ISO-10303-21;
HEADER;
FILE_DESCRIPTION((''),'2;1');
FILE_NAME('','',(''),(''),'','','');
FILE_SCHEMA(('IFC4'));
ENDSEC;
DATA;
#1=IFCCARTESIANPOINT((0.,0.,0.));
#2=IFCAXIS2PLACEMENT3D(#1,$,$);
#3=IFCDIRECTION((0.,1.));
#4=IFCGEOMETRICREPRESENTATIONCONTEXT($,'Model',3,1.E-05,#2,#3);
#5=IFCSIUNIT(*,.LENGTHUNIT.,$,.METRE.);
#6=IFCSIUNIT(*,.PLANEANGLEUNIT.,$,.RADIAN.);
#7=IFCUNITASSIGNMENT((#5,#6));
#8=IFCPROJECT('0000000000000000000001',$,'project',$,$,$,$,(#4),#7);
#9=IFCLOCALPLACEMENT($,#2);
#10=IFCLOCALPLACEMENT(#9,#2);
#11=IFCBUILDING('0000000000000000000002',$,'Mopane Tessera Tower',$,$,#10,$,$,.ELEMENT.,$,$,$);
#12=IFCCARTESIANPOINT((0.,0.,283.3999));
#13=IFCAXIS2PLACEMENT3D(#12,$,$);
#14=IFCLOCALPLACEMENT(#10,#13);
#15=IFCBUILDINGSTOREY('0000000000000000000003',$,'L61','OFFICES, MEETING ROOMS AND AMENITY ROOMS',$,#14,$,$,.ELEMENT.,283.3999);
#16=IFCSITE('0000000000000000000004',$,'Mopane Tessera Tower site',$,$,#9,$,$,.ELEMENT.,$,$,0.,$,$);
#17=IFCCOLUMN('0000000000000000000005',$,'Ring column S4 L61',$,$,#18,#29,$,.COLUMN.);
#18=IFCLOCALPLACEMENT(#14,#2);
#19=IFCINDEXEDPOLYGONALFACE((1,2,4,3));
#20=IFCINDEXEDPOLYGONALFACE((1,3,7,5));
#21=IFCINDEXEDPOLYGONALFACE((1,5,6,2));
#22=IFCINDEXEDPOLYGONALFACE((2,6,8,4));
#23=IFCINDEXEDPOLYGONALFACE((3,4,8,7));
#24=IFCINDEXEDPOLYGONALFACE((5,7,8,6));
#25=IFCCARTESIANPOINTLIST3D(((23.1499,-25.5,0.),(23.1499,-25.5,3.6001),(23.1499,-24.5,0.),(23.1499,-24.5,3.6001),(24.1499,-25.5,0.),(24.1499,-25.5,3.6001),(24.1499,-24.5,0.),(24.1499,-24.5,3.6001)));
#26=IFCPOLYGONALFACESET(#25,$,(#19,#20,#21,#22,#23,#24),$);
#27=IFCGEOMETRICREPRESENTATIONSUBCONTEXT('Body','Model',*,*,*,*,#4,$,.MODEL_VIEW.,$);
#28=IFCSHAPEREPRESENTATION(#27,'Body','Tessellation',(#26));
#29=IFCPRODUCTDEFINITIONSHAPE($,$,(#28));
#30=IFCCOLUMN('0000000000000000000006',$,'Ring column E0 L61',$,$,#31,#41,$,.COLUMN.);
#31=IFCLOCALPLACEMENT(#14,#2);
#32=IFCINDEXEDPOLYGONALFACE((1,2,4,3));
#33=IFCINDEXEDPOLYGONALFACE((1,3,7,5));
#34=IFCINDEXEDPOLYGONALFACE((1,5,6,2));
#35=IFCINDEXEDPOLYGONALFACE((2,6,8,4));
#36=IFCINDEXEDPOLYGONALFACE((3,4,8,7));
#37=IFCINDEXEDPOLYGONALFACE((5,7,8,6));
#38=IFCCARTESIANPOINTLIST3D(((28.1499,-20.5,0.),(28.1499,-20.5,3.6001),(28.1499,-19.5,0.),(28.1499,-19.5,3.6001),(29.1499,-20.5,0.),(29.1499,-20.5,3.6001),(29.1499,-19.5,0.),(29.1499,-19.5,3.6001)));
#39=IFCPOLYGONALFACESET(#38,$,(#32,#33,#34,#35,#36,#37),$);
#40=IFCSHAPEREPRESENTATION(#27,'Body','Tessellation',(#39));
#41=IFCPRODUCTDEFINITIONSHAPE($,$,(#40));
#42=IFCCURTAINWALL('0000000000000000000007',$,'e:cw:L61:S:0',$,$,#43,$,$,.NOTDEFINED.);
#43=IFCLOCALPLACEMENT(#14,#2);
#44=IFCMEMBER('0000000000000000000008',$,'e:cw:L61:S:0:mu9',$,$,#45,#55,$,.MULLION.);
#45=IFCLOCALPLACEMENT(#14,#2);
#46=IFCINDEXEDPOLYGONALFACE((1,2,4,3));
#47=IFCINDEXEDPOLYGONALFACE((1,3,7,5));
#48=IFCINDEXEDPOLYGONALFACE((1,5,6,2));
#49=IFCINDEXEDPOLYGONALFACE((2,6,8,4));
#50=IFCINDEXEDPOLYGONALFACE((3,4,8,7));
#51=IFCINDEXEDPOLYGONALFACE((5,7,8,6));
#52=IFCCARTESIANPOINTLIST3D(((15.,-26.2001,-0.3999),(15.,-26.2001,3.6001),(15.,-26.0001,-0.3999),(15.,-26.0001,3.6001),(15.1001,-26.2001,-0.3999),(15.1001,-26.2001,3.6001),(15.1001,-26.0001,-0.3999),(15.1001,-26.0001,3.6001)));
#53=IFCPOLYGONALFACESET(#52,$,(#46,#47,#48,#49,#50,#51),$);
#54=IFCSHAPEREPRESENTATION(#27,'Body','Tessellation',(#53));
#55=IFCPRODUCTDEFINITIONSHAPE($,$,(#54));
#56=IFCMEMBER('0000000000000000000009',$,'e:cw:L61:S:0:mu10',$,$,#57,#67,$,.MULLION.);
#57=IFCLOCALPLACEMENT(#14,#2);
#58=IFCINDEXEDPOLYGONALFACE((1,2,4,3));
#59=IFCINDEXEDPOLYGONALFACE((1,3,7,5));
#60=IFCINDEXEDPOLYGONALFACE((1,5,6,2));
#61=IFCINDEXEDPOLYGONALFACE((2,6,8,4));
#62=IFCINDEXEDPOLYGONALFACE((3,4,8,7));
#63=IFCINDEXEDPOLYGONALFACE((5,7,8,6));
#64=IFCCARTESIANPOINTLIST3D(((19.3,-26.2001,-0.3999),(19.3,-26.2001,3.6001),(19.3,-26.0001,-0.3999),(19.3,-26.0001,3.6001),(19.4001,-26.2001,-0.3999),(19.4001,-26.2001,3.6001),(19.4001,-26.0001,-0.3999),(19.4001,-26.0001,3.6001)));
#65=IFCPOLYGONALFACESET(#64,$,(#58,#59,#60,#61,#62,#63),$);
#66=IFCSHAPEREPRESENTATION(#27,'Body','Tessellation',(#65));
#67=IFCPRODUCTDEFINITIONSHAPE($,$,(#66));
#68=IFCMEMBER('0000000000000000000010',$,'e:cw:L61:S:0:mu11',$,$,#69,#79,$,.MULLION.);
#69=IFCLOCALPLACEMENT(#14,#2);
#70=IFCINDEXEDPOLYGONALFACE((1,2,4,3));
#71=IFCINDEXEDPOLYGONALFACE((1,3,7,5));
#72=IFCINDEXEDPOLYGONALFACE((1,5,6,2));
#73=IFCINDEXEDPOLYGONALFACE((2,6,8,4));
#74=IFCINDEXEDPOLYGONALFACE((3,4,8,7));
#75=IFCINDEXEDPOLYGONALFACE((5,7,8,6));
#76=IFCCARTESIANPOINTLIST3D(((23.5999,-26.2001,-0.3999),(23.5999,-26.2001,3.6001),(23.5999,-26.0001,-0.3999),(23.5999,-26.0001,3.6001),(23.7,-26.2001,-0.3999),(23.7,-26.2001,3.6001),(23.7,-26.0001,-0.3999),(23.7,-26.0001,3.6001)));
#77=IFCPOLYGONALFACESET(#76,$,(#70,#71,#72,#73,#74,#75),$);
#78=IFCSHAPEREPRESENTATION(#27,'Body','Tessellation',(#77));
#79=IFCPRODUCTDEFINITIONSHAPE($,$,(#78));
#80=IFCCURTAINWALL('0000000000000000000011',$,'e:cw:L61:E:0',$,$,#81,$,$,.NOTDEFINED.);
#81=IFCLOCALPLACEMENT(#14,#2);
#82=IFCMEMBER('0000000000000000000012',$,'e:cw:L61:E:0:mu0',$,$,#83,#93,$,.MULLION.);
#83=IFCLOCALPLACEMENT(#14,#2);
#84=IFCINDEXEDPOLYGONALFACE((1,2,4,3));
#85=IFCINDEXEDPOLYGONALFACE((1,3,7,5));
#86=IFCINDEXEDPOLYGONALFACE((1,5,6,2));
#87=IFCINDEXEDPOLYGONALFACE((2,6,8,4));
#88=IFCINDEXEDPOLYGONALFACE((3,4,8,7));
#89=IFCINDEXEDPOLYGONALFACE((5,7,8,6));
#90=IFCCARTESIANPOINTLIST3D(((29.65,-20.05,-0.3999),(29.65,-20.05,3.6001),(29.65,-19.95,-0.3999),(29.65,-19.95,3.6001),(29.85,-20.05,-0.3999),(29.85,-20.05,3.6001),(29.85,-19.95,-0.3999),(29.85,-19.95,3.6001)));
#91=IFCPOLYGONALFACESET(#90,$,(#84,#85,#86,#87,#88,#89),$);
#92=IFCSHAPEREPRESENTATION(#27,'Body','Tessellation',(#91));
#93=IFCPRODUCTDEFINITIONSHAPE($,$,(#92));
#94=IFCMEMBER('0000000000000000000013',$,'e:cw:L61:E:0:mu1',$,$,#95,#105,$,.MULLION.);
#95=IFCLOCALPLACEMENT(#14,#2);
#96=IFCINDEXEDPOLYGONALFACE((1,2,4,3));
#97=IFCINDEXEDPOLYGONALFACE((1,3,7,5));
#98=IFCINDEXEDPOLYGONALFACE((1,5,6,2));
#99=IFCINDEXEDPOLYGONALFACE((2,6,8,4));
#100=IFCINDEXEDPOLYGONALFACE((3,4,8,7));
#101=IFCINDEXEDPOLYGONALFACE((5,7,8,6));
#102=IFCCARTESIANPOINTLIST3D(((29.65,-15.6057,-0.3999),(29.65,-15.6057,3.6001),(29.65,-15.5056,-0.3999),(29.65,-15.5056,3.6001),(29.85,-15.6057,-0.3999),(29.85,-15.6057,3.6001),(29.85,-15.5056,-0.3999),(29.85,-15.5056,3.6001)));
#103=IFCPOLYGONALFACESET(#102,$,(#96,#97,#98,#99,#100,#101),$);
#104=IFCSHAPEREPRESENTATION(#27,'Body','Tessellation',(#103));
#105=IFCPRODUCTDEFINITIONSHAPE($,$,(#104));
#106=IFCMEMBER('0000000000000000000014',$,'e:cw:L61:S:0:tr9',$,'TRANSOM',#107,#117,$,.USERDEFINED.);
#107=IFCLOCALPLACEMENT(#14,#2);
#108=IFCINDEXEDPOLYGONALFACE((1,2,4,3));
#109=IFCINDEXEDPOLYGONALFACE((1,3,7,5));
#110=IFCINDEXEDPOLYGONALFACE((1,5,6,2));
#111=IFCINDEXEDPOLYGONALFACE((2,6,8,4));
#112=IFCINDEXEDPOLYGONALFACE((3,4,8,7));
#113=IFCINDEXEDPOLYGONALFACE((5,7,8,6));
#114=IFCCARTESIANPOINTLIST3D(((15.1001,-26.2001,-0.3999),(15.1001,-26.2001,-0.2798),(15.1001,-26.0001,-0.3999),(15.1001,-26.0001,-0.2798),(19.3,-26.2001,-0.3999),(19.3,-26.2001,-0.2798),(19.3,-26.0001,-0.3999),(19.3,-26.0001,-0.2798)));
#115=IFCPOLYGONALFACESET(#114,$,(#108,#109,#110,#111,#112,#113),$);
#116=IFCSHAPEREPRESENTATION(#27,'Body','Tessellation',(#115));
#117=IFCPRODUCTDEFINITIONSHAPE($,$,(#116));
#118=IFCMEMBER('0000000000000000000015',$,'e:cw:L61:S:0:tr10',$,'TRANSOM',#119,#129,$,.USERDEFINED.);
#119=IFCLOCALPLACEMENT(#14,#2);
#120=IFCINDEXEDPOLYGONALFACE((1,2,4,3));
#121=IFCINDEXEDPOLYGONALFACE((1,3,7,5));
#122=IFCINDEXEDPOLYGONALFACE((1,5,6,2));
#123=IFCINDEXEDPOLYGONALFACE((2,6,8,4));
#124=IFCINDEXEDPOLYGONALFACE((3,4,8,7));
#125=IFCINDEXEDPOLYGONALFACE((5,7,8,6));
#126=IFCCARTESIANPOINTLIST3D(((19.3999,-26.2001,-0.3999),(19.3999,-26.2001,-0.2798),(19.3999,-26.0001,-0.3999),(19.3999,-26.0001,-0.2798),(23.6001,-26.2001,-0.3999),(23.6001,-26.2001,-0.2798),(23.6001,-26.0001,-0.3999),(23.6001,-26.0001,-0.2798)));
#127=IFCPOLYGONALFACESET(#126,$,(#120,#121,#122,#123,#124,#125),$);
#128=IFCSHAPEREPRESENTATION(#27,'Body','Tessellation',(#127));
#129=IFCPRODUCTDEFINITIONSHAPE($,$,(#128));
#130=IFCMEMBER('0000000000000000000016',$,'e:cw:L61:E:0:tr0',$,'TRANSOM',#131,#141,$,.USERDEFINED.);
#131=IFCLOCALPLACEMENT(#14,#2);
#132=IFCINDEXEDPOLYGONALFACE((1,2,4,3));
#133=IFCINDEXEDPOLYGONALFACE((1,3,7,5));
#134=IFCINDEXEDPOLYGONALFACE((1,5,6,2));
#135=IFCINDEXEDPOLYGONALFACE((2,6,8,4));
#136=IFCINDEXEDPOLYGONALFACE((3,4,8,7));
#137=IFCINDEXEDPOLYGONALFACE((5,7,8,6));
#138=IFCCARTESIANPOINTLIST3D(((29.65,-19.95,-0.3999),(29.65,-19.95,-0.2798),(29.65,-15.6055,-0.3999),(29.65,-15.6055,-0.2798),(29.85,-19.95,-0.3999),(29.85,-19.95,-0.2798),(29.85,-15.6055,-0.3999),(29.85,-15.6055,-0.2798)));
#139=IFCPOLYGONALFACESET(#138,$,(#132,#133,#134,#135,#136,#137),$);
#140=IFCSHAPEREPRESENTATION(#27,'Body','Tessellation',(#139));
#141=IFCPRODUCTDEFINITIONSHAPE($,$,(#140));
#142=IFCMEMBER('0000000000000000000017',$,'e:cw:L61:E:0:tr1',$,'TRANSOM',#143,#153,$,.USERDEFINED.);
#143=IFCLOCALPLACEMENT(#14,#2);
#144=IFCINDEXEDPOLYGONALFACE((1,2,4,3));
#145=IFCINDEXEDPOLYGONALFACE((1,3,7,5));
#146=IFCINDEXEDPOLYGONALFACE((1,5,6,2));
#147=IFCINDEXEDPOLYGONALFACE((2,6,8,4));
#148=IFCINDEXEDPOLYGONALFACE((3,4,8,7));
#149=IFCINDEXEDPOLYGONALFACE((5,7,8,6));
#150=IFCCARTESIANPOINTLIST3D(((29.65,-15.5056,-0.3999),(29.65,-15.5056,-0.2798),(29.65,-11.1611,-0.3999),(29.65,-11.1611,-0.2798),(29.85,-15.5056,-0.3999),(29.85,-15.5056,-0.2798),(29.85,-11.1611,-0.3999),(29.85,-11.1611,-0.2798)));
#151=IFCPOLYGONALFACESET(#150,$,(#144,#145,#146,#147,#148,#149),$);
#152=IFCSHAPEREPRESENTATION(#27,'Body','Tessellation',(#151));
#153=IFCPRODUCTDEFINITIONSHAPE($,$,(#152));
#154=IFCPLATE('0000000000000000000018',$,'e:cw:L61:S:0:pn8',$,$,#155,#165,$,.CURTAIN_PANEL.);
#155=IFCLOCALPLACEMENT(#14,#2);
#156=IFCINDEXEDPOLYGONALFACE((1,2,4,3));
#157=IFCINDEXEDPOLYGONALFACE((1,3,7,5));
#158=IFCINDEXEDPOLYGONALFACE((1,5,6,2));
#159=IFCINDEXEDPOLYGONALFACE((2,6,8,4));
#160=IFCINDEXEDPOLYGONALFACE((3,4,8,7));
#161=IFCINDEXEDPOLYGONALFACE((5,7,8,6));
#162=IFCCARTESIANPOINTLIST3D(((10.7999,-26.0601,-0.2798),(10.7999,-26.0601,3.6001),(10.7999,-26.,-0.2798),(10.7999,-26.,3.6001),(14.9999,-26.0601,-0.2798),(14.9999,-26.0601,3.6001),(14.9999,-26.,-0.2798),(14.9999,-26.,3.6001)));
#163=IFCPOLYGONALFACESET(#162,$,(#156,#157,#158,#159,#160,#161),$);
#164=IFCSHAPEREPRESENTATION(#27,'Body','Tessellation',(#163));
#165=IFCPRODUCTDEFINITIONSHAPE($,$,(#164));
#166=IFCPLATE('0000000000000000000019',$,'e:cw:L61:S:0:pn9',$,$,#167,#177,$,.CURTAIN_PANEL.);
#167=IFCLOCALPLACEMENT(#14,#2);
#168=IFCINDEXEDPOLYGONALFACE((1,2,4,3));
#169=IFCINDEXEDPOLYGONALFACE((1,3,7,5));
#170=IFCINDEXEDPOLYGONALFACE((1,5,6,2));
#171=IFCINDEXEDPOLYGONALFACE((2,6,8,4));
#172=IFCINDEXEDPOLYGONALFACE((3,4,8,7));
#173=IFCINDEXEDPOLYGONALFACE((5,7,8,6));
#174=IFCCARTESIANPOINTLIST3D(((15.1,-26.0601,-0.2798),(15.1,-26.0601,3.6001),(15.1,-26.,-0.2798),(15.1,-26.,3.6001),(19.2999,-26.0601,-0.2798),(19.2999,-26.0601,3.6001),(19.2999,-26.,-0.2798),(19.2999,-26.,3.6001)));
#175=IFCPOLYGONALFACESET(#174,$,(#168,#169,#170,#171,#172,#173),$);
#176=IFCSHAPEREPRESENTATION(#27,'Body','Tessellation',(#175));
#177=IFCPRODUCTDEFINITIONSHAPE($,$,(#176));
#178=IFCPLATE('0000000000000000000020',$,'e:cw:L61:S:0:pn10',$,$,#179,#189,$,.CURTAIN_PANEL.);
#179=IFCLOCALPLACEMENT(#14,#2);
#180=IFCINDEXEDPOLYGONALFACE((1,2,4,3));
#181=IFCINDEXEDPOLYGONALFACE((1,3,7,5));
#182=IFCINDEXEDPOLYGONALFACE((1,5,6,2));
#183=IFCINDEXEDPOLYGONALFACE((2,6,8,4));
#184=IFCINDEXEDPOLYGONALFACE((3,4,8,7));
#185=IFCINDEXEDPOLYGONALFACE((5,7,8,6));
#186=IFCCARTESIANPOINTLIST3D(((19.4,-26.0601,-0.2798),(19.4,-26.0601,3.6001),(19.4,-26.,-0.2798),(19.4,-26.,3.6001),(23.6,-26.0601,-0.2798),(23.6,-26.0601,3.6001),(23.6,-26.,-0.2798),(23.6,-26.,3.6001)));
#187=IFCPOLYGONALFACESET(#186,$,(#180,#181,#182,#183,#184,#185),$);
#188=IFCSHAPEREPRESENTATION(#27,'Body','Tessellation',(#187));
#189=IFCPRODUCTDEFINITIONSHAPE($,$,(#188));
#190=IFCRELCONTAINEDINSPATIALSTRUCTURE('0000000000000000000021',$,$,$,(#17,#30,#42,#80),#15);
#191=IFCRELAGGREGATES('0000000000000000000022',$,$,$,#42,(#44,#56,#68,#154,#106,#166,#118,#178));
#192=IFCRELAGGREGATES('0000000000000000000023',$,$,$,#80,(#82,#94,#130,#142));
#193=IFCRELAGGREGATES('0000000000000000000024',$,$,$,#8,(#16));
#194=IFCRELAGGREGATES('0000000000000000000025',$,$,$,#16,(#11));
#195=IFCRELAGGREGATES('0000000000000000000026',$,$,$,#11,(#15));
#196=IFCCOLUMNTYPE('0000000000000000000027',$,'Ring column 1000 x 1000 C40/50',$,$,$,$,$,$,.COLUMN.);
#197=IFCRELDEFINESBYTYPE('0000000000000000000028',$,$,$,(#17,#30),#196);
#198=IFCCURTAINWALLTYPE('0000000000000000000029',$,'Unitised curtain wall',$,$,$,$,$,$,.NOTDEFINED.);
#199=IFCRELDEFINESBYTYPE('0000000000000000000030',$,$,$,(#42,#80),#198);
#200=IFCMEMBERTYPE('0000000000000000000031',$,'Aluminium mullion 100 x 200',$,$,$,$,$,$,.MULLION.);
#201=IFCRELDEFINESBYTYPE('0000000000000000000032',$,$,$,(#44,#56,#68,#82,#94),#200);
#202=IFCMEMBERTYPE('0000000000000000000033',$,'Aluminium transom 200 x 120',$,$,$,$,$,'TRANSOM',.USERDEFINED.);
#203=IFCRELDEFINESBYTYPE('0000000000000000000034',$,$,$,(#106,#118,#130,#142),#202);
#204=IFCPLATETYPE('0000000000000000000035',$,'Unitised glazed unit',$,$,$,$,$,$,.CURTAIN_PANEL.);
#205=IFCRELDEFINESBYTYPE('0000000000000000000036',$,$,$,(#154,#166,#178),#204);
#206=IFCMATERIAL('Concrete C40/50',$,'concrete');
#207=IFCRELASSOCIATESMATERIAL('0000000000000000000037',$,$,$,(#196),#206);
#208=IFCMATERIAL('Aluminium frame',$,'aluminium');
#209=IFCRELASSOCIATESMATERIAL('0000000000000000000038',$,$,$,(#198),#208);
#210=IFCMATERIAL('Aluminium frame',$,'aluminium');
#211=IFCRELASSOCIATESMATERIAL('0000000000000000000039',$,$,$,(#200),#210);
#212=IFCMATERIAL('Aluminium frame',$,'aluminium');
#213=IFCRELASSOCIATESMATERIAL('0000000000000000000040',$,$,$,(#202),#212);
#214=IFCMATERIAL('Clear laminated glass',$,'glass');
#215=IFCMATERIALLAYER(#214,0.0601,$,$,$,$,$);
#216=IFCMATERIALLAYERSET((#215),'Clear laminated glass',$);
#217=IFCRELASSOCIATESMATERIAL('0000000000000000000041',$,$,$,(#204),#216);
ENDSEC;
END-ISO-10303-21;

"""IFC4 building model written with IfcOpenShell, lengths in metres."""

from ifc_helpers import new_model, si_unit, direction, frame, origin, origin_2d, place, context, subcontext, project, spatial, rectangle, extrude, material, layer, layer_set, material_profile, profile_set, type_object, element, aggregate, save


model = new_model("IFC4")

# Units and contexts
model_context = context("Model", 3, precision=1e-05, world=origin(), true_north=direction((0.0, 1.0)))
body_context = subcontext(model_context, "Body", "Model", "MODEL_VIEW")
ifc_project = project(units=[si_unit("LENGTHUNIT", "METRE"), si_unit("PLANEANGLEUNIT", "RADIAN")], contexts=[model_context])

# Site, building, storey
site_placement = place(None, origin())
site = spatial("IfcSite", under=ifc_project, at=site_placement, Name="Mopane Tessera Tower site", CompositionType="ELEMENT", RefElevation=0.0)
building_placement = place(site_placement, origin())
building = spatial("IfcBuilding", under=site, at=building_placement, Name="Mopane Tessera Tower", CompositionType="ELEMENT")
storey_placement = place(building_placement, frame((0.0, 0.0, 283.3999)))
storey = spatial("IfcBuildingStorey", under=building, at=storey_placement, Name="L61", Description="OFFICES, MEETING ROOMS AND AMENITY ROOMS", CompositionType="ELEMENT", Elevation=283.3999)

# Columns
ifc_material_1 = material(Name="Concrete C40/50", Category="concrete")
ifc_material_profile_1 = material_profile(ifc_material_1, rectangle(XDim=1.0, YDim=1.0, at=origin_2d()))
ifc_profile_set_1 = profile_set([ifc_material_profile_1], Name="Concrete C40/50")
column_type = type_object("IfcColumnType", Name="Ring column 1000 x 1000 C40/50", PredefinedType="COLUMN", material=ifc_profile_set_1)
for number, where, z_axis, x_axis, name in (
    (1, (23.6499, -25.0, 0.0), (0.0, 0.0, 1.0), (1.0, 0.0, 0.0), "Ring column S4 L61"),
    (2, (28.6499, -20.0, 0.0), (0.0, 0.0, 1.0), (1.0, 0.0, 0.0), "Ring column E0 L61"),
):
    element("IfcColumn", number, at=place(storey_placement, frame(where, z_axis=z_axis, x_axis=x_axis)), inside=storey, type_object=column_type, Name=name, PredefinedType="COLUMN", context=body_context, shape_type="SweptSolid", body=[
        extrude(rectangle(XDim=1.0, YDim=1.0, at=origin_2d()), origin(), (0.0, 0.0, 1.0), 3.6001),
    ])

# Curtain walls, members
ifc_material_2 = material(Name="Aluminium frame", Category="aluminium")
curtain_wall_type = type_object("IfcCurtainWallType", Name="Unitised curtain wall", PredefinedType="NOTDEFINED", material=ifc_material_2)
curtain_wall_1_placement = place(storey_placement, origin())
curtain_wall_1 = element("IfcCurtainWall", 3, at=curtain_wall_1_placement, inside=storey, type_object=curtain_wall_type, Name="e:cw:L61:S:0", PredefinedType="NOTDEFINED")
ifc_material_3 = material(Name="Aluminium frame", Category="aluminium")
ifc_material_profile_2 = material_profile(ifc_material_3, rectangle(XDim=0.1001, YDim=0.2, at=origin_2d()))
ifc_profile_set_2 = profile_set([ifc_material_profile_2], Name="Aluminium frame")
member_type_1 = type_object("IfcMemberType", Name="Aluminium mullion 100 x 200", PredefinedType="MULLION", material=ifc_profile_set_2)
member_1_placement = place(storey_placement, frame((15.05, -26.1001, -0.3999), z_axis=(0.0, 0.0, 1.0), x_axis=(1.0, 0.0, 0.0)))
member_1 = element("IfcMember", 4, at=member_1_placement, type_object=member_type_1, Name="e:cw:L61:S:0:mu9", PredefinedType="MULLION", context=body_context, shape_type="SweptSolid", body=[
    extrude(rectangle(XDim=0.1001, YDim=0.2, at=origin_2d()), origin(), (0.0, 0.0, 1.0), 4.0),
])
member_2_placement = place(storey_placement, frame((19.3501, -26.1001, -0.3999), z_axis=(0.0, 0.0, 1.0), x_axis=(1.0, 0.0, 0.0)))
member_2 = element("IfcMember", 5, at=member_2_placement, type_object=member_type_1, Name="e:cw:L61:S:0:mu10", PredefinedType="MULLION", context=body_context, shape_type="SweptSolid", body=[
    extrude(rectangle(XDim=0.1001, YDim=0.2, at=origin_2d()), origin(), (0.0, 0.0, 1.0), 4.0),
])
member_3_placement = place(storey_placement, frame((23.6499, -26.1001, -0.3999), z_axis=(0.0, 0.0, 1.0), x_axis=(1.0, 0.0, 0.0)))
member_3 = element("IfcMember", 6, at=member_3_placement, type_object=member_type_1, Name="e:cw:L61:S:0:mu11", PredefinedType="MULLION", context=body_context, shape_type="SweptSolid", body=[
    extrude(rectangle(XDim=0.1001, YDim=0.2, at=origin_2d()), origin(), (0.0, 0.0, 1.0), 4.0),
])
curtain_wall_2_placement = place(storey_placement, origin())
curtain_wall_2 = element("IfcCurtainWall", 7, at=curtain_wall_2_placement, inside=storey, type_object=curtain_wall_type, Name="e:cw:L61:E:0", PredefinedType="NOTDEFINED")
member_4_placement = place(storey_placement, frame((29.75, -20.0, -0.3999), z_axis=(0.0, 0.0, 1.0), x_axis=(0.0, 1.0, 0.0)))
member_4 = element("IfcMember", 8, at=member_4_placement, type_object=member_type_1, Name="e:cw:L61:E:0:mu0", PredefinedType="MULLION", context=body_context, shape_type="SweptSolid", body=[
    extrude(rectangle(XDim=0.1001, YDim=0.2, at=origin_2d()), origin(), (0.0, 0.0, 1.0), 4.0),
])
member_5_placement = place(storey_placement, frame((29.75, -15.5557, -0.3999), z_axis=(0.0, 0.0, 1.0), x_axis=(0.0, 1.0, 0.0)))
member_5 = element("IfcMember", 9, at=member_5_placement, type_object=member_type_1, Name="e:cw:L61:E:0:mu1", PredefinedType="MULLION", context=body_context, shape_type="SweptSolid", body=[
    extrude(rectangle(XDim=0.1001, YDim=0.2, at=origin_2d()), origin(), (0.0, 0.0, 1.0), 4.0),
])

# Members
ifc_material_4 = material(Name="Aluminium frame", Category="aluminium")
ifc_material_profile_3 = material_profile(ifc_material_4, rectangle(XDim=0.2, YDim=0.1201, at=origin_2d()))
ifc_profile_set_3 = profile_set([ifc_material_profile_3], Name="Aluminium frame")
member_type_2 = type_object("IfcMemberType", Name="Aluminium transom 200 x 120", ElementType="TRANSOM", PredefinedType="USERDEFINED", material=ifc_profile_set_3)
member_6_placement = place(storey_placement, frame((15.1001, -26.1001, -0.3398), z_axis=(1.0, 0.0, 0.0), x_axis=(0.0, 1.0, 0.0)))
member_6 = element("IfcMember", 10, at=member_6_placement, type_object=member_type_2, Name="e:cw:L61:S:0:tr9", ObjectType="TRANSOM", PredefinedType="USERDEFINED", context=body_context, shape_type="SweptSolid", body=[
    extrude(rectangle(XDim=0.2, YDim=0.1201, at=origin_2d()), origin(), (0.0, 0.0, 1.0), 4.2),
])
member_7_placement = place(storey_placement, frame((19.3999, -26.1001, -0.3398), z_axis=(1.0, 0.0, 0.0), x_axis=(0.0, 1.0, 0.0)))
member_7 = element("IfcMember", 11, at=member_7_placement, type_object=member_type_2, Name="e:cw:L61:S:0:tr10", ObjectType="TRANSOM", PredefinedType="USERDEFINED", context=body_context, shape_type="SweptSolid", body=[
    extrude(rectangle(XDim=0.2, YDim=0.1201, at=origin_2d()), origin(), (0.0, 0.0, 1.0), 4.2002),
])
member_8_placement = place(storey_placement, frame((29.75, -19.95, -0.3398), z_axis=(0.0, 1.0, 0.0), x_axis=(-1.0, 0.0, 0.0)))
member_8 = element("IfcMember", 12, at=member_8_placement, type_object=member_type_2, Name="e:cw:L61:E:0:tr0", ObjectType="TRANSOM", PredefinedType="USERDEFINED", context=body_context, shape_type="SweptSolid", body=[
    extrude(rectangle(XDim=0.2, YDim=0.1201, at=origin_2d()), origin(), (0.0, 0.0, 1.0), 4.3445),
])
member_9_placement = place(storey_placement, frame((29.75, -15.5056, -0.3398), z_axis=(0.0, 1.0, 0.0), x_axis=(-1.0, 0.0, 0.0)))
member_9 = element("IfcMember", 13, at=member_9_placement, type_object=member_type_2, Name="e:cw:L61:E:0:tr1", ObjectType="TRANSOM", PredefinedType="USERDEFINED", context=body_context, shape_type="SweptSolid", body=[
    extrude(rectangle(XDim=0.2, YDim=0.1201, at=origin_2d()), origin(), (0.0, 0.0, 1.0), 4.3445),
])

# Plates
ifc_material_5 = material(Name="Clear laminated glass", Category="glass")
ifc_layer = layer(ifc_material_5, 0.0601)
ifc_layer_set = layer_set([ifc_layer], Name="Clear laminated glass")
plate_type = type_object("IfcPlateType", Name="Unitised glazed unit", PredefinedType="CURTAIN_PANEL", material=ifc_layer_set)
plate_1_placement = place(storey_placement, frame((12.8999, -26.03, -0.2798), z_axis=(0.0, 0.0, 1.0), x_axis=(1.0, 0.0, 0.0)))
plate_1 = element("IfcPlate", 14, at=plate_1_placement, type_object=plate_type, Name="e:cw:L61:S:0:pn8", PredefinedType="CURTAIN_PANEL", context=body_context, shape_type="SweptSolid", body=[
    extrude(rectangle(XDim=4.2, YDim=0.0601, at=origin_2d()), origin(), (0.0, 0.0, 1.0), 3.8799),
])
plate_2_placement = place(storey_placement, frame((17.2, -26.03, -0.2798), z_axis=(0.0, 0.0, 1.0), x_axis=(1.0, 0.0, 0.0)))
plate_2 = element("IfcPlate", 15, at=plate_2_placement, type_object=plate_type, Name="e:cw:L61:S:0:pn9", PredefinedType="CURTAIN_PANEL", context=body_context, shape_type="SweptSolid", body=[
    extrude(rectangle(XDim=4.2, YDim=0.0601, at=origin_2d()), origin(), (0.0, 0.0, 1.0), 3.8799),
])
plate_3_placement = place(storey_placement, frame((21.5, -26.03, -0.2798), z_axis=(0.0, 0.0, 1.0), x_axis=(1.0, 0.0, 0.0)))
plate_3 = element("IfcPlate", 16, at=plate_3_placement, type_object=plate_type, Name="e:cw:L61:S:0:pn10", PredefinedType="CURTAIN_PANEL", context=body_context, shape_type="SweptSolid", body=[
    extrude(rectangle(XDim=4.2, YDim=0.0601, at=origin_2d()), origin(), (0.0, 0.0, 1.0), 3.8799),
])
aggregate(curtain_wall_1, [member_1, member_2, member_3, plate_1, member_6, plate_2, member_7, plate_3])
aggregate(curtain_wall_2, [member_4, member_5, member_8, member_9])

save(model, "model.ifc")
